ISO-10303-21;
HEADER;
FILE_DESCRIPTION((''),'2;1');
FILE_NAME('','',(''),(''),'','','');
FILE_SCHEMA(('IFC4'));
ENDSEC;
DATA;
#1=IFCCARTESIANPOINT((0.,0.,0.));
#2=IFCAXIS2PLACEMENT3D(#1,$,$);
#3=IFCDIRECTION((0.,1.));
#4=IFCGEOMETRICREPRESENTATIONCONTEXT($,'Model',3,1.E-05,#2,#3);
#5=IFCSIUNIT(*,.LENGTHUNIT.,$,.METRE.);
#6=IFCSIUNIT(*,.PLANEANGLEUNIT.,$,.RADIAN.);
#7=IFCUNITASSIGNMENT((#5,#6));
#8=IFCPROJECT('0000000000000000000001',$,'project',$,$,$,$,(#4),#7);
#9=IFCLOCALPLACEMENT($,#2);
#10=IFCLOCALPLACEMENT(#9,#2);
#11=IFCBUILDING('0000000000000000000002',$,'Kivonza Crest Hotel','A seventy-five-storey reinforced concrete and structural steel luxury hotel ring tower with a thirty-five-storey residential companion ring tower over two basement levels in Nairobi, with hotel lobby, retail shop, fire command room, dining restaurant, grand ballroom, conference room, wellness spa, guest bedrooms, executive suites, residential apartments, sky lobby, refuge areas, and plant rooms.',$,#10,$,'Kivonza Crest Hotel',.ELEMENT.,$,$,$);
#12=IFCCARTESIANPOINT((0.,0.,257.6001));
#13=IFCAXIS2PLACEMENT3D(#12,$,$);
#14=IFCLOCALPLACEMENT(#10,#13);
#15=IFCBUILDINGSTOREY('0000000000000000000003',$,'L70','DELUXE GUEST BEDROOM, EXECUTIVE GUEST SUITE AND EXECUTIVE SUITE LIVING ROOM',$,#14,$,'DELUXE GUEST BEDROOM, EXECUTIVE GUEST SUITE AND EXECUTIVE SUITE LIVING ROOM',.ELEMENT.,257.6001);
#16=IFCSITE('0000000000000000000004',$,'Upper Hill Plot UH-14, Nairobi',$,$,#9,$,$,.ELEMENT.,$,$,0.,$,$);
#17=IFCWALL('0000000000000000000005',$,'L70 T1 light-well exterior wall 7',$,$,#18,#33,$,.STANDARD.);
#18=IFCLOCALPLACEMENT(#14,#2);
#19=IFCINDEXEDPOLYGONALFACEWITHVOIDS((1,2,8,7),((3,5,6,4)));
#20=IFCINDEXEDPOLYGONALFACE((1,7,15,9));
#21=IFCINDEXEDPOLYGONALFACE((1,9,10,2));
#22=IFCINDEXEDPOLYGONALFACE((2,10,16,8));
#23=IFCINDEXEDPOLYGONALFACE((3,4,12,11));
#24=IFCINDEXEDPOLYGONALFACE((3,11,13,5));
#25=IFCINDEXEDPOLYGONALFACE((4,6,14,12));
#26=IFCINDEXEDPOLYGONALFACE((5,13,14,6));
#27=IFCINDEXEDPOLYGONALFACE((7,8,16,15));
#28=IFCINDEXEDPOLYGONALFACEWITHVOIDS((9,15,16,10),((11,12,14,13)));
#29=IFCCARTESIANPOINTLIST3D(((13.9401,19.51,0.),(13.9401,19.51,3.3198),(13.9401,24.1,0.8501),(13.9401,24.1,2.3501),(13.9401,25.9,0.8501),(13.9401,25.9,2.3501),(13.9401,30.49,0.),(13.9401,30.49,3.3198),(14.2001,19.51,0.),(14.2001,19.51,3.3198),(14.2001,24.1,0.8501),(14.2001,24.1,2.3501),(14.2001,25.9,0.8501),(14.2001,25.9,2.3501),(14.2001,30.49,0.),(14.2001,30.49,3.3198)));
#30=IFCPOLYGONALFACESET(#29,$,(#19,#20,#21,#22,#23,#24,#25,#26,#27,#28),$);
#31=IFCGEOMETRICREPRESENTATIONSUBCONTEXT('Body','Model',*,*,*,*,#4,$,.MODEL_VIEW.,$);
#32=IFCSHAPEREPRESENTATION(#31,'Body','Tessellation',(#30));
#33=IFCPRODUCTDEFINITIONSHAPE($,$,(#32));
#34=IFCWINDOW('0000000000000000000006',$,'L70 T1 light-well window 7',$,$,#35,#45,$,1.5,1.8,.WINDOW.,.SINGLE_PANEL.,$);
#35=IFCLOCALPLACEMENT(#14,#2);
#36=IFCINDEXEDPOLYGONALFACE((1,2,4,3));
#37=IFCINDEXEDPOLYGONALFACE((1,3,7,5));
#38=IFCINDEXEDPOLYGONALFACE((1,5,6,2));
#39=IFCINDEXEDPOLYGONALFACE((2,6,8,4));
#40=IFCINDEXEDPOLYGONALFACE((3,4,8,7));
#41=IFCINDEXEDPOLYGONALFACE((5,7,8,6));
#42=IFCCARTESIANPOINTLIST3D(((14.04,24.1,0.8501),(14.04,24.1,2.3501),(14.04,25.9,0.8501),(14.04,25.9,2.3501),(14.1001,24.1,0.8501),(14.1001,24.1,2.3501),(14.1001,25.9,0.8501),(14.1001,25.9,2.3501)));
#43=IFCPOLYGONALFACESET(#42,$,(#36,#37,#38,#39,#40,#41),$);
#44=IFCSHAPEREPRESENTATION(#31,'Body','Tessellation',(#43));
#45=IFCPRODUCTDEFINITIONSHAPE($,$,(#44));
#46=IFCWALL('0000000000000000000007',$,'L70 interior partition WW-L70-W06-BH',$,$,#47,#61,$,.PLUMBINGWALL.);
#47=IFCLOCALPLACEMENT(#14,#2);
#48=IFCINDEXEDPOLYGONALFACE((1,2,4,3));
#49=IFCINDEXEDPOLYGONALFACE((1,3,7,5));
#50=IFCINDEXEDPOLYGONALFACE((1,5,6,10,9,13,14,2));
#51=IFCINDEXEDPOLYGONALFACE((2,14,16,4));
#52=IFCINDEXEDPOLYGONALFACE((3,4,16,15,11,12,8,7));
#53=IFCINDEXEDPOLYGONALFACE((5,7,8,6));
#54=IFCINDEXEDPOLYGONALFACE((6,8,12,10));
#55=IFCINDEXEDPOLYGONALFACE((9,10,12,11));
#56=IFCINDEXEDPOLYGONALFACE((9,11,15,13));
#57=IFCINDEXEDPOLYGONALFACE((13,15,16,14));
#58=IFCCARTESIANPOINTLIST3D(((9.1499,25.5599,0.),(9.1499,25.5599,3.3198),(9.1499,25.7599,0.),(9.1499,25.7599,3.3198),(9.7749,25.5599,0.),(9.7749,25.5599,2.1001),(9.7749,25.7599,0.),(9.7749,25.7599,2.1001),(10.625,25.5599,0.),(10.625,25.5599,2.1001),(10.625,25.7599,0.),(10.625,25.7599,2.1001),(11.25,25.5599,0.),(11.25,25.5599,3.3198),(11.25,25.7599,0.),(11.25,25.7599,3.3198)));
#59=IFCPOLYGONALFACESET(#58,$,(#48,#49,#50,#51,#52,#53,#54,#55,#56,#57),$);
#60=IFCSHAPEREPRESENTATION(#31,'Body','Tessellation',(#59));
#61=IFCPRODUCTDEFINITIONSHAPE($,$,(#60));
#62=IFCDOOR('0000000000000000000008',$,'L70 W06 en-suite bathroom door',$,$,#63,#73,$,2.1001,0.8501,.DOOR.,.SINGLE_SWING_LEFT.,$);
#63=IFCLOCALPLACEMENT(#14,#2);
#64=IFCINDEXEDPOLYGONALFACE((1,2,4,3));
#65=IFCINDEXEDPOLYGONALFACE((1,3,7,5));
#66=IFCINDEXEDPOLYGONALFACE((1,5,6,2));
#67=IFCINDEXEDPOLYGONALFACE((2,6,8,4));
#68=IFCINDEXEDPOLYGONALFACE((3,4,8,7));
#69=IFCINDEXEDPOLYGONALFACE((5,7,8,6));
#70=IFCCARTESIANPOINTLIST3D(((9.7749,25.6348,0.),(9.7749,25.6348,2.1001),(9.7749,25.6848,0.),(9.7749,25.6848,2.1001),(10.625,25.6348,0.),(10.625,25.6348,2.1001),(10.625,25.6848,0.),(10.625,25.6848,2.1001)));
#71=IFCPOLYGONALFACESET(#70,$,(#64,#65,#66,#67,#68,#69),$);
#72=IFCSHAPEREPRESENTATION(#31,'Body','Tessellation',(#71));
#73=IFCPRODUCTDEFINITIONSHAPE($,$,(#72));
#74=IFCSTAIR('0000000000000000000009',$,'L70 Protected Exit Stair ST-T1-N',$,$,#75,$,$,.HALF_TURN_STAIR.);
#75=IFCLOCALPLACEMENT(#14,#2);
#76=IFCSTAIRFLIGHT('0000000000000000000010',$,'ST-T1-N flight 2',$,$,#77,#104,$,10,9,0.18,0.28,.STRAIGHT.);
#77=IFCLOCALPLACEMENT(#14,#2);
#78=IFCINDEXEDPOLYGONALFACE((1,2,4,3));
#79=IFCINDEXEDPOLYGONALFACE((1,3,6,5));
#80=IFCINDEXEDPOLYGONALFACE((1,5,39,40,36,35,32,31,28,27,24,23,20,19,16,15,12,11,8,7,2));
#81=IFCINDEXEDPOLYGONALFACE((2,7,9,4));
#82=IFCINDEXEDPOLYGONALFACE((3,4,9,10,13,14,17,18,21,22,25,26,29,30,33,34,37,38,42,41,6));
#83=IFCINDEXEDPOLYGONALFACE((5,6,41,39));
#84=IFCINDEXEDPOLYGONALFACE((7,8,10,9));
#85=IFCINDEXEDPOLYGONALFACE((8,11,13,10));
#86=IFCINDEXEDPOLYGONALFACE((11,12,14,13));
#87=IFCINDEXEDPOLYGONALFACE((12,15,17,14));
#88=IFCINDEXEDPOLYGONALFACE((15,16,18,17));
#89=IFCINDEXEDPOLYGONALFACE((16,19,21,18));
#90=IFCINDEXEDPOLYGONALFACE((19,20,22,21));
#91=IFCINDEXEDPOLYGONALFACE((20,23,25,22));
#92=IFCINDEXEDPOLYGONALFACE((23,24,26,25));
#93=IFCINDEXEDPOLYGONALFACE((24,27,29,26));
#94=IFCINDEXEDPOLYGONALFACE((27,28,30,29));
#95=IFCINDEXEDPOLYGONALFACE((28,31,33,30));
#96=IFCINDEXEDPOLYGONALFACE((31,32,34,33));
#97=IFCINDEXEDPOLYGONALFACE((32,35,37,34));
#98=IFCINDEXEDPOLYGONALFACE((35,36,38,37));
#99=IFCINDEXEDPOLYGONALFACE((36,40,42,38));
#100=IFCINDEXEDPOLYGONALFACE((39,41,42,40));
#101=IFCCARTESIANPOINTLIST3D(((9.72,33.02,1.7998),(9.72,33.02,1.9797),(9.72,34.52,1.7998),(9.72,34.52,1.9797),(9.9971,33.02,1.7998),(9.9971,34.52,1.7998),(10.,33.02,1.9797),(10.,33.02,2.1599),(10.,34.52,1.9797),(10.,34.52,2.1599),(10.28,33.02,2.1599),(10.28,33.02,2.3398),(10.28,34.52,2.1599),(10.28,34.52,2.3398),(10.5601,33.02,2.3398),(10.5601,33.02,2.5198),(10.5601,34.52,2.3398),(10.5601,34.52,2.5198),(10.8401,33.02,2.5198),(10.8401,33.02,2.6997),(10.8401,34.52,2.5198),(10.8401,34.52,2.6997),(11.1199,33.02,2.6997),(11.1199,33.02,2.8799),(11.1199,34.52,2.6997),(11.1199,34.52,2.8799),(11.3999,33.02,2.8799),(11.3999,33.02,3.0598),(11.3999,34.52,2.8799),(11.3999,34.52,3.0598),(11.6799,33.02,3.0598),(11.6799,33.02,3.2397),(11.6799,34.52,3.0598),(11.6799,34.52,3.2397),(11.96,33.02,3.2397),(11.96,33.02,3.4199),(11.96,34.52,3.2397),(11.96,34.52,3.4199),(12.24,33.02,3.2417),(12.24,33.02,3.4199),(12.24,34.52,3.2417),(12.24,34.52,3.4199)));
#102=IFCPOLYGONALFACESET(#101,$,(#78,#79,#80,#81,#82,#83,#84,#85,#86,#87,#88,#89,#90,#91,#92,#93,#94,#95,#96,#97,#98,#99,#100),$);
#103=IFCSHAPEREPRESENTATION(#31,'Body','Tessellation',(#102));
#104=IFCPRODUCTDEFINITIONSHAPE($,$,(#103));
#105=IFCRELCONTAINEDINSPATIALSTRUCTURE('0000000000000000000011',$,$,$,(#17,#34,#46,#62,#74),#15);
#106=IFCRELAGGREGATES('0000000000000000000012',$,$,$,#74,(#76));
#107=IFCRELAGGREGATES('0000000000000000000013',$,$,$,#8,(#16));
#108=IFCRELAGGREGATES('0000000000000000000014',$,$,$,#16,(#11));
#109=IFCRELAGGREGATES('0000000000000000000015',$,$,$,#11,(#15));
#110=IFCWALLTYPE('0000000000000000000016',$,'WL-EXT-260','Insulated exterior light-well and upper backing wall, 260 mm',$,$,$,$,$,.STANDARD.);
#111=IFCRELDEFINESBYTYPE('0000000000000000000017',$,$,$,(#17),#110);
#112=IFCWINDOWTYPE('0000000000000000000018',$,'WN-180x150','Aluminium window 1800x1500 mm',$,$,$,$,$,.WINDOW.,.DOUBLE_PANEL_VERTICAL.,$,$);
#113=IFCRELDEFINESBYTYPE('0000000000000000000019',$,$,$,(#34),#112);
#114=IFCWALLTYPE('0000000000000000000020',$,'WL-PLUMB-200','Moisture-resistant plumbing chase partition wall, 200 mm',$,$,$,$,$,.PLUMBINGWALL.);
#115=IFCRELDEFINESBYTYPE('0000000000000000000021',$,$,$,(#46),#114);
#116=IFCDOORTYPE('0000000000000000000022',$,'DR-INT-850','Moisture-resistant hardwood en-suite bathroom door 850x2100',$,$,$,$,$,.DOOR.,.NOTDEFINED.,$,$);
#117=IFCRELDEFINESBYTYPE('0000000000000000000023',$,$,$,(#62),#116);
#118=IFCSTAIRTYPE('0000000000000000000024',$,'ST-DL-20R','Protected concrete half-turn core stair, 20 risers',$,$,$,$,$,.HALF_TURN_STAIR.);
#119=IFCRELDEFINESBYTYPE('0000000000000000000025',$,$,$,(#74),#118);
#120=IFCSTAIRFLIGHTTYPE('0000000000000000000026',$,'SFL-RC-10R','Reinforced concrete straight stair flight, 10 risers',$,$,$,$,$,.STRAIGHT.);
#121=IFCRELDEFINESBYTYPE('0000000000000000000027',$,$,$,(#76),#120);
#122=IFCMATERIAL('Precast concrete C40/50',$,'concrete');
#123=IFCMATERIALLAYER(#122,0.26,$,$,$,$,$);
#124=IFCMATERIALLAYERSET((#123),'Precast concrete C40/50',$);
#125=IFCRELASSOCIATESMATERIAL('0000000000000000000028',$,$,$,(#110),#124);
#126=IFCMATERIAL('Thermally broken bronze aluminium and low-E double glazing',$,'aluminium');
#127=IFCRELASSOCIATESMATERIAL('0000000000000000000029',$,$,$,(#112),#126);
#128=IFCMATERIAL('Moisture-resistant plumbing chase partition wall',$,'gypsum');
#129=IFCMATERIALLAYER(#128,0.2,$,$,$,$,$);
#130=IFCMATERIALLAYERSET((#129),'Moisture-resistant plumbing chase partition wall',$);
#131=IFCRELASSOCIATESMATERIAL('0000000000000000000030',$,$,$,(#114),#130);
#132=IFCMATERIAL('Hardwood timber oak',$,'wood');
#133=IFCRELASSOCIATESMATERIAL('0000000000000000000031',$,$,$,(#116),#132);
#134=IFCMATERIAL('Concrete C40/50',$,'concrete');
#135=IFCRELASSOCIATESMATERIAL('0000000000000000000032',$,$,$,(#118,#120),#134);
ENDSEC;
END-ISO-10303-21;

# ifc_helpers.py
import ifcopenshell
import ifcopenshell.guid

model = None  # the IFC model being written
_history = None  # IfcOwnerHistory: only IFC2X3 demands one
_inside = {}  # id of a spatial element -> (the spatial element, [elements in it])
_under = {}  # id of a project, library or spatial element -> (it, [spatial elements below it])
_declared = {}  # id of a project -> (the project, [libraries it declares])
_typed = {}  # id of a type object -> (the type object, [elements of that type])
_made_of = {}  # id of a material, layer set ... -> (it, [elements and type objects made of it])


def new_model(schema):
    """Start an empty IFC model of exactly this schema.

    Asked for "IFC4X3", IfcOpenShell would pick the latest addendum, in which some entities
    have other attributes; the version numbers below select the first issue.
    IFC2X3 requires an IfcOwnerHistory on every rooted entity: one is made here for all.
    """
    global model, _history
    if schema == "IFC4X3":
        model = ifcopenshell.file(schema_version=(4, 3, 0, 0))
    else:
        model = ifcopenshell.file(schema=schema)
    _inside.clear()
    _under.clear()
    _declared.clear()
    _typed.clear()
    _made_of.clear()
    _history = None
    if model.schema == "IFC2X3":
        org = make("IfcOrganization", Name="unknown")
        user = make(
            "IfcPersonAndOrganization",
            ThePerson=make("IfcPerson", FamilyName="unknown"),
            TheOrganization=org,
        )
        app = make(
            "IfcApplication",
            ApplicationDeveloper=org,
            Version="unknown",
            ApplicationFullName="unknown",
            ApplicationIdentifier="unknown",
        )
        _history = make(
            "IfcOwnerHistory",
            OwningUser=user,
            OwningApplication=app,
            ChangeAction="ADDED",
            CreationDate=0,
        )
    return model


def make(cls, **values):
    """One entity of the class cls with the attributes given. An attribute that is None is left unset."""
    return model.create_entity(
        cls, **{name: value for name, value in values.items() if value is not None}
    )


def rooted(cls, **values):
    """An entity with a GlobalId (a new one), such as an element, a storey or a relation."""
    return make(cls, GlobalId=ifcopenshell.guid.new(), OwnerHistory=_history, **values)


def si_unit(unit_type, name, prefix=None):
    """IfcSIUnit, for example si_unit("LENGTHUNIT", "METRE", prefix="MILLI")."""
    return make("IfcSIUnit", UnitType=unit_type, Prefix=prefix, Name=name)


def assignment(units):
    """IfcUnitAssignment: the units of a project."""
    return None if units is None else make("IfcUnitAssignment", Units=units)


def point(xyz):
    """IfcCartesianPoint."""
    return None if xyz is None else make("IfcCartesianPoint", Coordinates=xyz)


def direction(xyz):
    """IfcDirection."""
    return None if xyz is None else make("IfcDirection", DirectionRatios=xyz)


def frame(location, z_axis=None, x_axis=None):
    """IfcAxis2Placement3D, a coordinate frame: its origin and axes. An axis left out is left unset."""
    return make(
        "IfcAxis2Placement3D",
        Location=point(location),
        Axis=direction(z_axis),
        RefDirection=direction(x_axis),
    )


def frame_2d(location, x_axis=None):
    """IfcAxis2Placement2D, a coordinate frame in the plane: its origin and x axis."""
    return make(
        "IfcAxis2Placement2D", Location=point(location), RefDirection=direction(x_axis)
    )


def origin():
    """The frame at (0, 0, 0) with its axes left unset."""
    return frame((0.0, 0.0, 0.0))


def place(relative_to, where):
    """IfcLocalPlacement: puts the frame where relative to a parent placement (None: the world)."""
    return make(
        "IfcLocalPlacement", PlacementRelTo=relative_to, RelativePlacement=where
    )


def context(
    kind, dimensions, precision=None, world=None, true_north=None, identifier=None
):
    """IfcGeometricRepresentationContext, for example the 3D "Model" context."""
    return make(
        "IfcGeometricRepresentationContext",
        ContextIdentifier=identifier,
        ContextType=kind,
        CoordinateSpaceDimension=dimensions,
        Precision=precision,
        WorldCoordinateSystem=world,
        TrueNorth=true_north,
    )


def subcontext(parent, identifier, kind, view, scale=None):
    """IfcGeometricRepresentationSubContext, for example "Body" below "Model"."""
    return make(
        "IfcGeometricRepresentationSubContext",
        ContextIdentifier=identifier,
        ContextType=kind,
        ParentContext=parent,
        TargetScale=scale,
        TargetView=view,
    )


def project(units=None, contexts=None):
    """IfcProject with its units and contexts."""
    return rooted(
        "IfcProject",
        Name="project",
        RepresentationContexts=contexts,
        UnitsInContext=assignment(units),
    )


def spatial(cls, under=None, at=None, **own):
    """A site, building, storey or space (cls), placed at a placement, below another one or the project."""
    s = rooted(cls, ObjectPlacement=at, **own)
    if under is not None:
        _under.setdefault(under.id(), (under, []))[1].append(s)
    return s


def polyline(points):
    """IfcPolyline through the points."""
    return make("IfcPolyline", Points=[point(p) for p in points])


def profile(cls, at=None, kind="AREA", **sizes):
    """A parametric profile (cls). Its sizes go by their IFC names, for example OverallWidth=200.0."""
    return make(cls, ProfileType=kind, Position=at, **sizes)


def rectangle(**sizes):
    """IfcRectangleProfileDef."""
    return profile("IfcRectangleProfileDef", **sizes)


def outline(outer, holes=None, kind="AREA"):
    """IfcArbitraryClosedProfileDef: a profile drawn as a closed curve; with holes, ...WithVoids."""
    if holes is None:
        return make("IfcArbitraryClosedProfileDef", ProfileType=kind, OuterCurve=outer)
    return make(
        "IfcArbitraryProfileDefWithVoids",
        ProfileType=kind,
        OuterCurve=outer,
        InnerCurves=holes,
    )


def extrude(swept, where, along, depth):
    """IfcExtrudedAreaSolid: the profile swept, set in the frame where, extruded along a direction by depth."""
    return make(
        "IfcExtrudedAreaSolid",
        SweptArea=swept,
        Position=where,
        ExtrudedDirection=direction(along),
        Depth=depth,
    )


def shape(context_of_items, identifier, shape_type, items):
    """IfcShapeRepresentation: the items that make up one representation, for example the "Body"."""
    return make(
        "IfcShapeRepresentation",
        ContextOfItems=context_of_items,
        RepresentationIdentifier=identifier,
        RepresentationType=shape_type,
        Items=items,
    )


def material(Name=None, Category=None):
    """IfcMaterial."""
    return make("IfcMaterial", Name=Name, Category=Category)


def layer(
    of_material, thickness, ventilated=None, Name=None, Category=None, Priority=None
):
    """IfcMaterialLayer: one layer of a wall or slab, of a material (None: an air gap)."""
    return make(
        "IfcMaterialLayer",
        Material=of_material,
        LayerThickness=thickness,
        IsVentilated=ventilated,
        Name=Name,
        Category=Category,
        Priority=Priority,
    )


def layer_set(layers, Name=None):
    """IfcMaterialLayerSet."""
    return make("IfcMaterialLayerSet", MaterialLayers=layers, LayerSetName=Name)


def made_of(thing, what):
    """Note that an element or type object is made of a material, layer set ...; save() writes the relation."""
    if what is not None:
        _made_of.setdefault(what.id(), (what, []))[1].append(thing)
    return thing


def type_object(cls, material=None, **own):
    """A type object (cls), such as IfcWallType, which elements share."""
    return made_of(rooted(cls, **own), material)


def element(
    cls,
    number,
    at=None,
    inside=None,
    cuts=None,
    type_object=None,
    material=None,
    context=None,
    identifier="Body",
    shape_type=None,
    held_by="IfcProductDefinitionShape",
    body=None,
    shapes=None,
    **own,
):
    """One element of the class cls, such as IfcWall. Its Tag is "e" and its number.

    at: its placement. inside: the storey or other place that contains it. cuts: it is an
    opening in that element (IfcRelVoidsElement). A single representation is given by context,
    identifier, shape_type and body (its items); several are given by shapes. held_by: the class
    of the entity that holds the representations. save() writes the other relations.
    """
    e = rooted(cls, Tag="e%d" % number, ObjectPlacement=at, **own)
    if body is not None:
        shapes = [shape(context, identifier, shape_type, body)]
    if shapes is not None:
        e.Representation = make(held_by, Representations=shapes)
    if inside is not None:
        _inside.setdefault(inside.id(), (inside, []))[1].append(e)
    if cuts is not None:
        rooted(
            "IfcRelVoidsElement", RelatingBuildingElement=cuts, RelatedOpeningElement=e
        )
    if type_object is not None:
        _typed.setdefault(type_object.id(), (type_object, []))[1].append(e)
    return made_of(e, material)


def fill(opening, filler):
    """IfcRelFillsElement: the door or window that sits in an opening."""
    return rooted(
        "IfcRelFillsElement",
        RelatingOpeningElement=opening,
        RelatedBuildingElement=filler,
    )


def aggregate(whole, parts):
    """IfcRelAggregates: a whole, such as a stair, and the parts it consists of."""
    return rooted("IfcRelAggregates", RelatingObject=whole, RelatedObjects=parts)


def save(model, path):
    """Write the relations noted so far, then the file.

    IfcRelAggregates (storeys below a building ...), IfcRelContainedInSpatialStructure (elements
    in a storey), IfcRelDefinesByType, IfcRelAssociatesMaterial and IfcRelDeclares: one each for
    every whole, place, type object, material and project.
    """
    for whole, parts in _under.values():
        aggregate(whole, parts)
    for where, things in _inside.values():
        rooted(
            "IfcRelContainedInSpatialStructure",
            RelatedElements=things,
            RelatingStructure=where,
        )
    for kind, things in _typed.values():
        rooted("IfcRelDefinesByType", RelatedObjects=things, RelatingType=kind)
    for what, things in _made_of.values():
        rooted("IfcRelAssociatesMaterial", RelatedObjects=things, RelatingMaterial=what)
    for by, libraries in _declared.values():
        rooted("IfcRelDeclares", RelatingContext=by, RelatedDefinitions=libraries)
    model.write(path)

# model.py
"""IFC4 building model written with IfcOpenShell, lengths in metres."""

from ifc_helpers import new_model, si_unit, direction, frame, frame_2d, origin, place, context, subcontext, project, spatial, polyline, rectangle, outline, extrude, material, layer, layer_set, type_object, element, fill, aggregate, save


model = new_model("IFC4")

# Units and contexts
model_context = context("Model", 3, precision=1e-05, world=origin(), true_north=direction((0.0, 1.0)))
body_context = subcontext(model_context, "Body", "Model", "MODEL_VIEW")
ifc_project = project(units=[si_unit("LENGTHUNIT", "METRE"), si_unit("PLANEANGLEUNIT", "RADIAN")], contexts=[model_context])

# Site, building, storey
site_placement = place(None, origin())
site = spatial("IfcSite", under=ifc_project, at=site_placement, Name="Upper Hill Plot UH-14, Nairobi", CompositionType="ELEMENT", RefElevation=0.0)
building_placement = place(site_placement, origin())
building = spatial("IfcBuilding", under=site, at=building_placement, Name="Kivonza Crest Hotel", Description="A seventy-five-storey reinforced concrete and structural steel luxury hotel ring tower with a thirty-five-storey residential companion ring tower over two basement levels in Nairobi, with hotel lobby, retail shop, fire command room, dining restaurant, grand ballroom, conference room, wellness spa, guest bedrooms, executive suites, residential apartments, sky lobby, refuge areas, and plant rooms.", LongName="Kivonza Crest Hotel", CompositionType="ELEMENT")
storey_placement = place(building_placement, frame((0.0, 0.0, 257.6001)))
storey = spatial("IfcBuildingStorey", under=building, at=storey_placement, Name="L70", Description="DELUXE GUEST BEDROOM, EXECUTIVE GUEST SUITE AND EXECUTIVE SUITE LIVING ROOM", LongName="DELUXE GUEST BEDROOM, EXECUTIVE GUEST SUITE AND EXECUTIVE SUITE LIVING ROOM", CompositionType="ELEMENT", Elevation=257.6001)

# Shared definitions
ifc_material_1 = material(Name="Hardwood timber oak", Category="wood")

# Shared definitions
ifc_material_2 = material(Name="Precast concrete C40/50", Category="concrete")
ifc_layer_1 = layer(ifc_material_2, 0.26)
ifc_layer_set_1 = layer_set([ifc_layer_1], Name="Precast concrete C40/50")
wall_type_1 = type_object("IfcWallType", Name="WL-EXT-260", Description="Insulated exterior light-well and upper backing wall, 260 mm", PredefinedType="STANDARD", material=ifc_layer_set_1)

# Wall, opening, window
wall_1_placement = place(storey_placement, frame((14.0701, 30.49, 0.0), z_axis=(0.0, 0.0, 1.0), x_axis=(0.0, -1.0, 0.0)))
wall_1 = element("IfcWall", 1, at=wall_1_placement, inside=storey, type_object=wall_type_1, Name="L70 T1 light-well exterior wall 7", PredefinedType="STANDARD", context=body_context, shape_type="SweptSolid", body=[
    extrude(rectangle(XDim=10.98, YDim=0.26, at=frame_2d((5.49, 0.0))), origin(), (0.0, 0.0, 1.0), 3.3198),
])
opening_1_placement = place(wall_1_placement, frame((4.5901, 0.0, 0.8501)))
opening_1 = element("IfcOpeningElement", 2, at=opening_1_placement, cuts=wall_1, PredefinedType="OPENING", context=body_context, shape_type="SweptSolid", body=[
    extrude(rectangle(XDim=1.8, YDim=1.5, at=frame_2d((0.8999, 0.75))), frame((0.0, 0.1401, 0.0), z_axis=(0.0, -1.0, 0.0), x_axis=(1.0, 0.0, 0.0)), (0.0, 0.0, 1.0), 0.28),
])
ifc_material_3 = material(Name="Thermally broken bronze aluminium and low-E double glazing", Category="aluminium")
window_type = type_object("IfcWindowType", Name="WN-180x150", Description="Aluminium window 1800x1500 mm", PartitioningType="DOUBLE_PANEL_VERTICAL", PredefinedType="WINDOW", material=ifc_material_3)
window_placement = place(opening_1_placement, origin())
window = element("IfcWindow", 3, at=window_placement, inside=storey, type_object=window_type, Name="L70 T1 light-well window 7", OverallHeight=1.5, OverallWidth=1.8, PartitioningType="SINGLE_PANEL", PredefinedType="WINDOW", context=body_context, shape_type="SweptSolid", body=[
    extrude(rectangle(XDim=1.8, YDim=1.5, at=frame_2d((0.8999, 0.75))), frame((0.0, 0.03, 0.0), z_axis=(0.0, -1.0, 0.0), x_axis=(1.0, 0.0, 0.0)), (0.0, 0.0, 1.0), 0.0601),
])
fill(opening_1, window)

# Wall, opening, door
ifc_material_4 = material(Name="Moisture-resistant plumbing chase partition wall", Category="gypsum")
ifc_layer_2 = layer(ifc_material_4, 0.2)
ifc_layer_set_2 = layer_set([ifc_layer_2], Name="Moisture-resistant plumbing chase partition wall")
wall_type_2 = type_object("IfcWallType", Name="WL-PLUMB-200", Description="Moisture-resistant plumbing chase partition wall, 200 mm", PredefinedType="PLUMBINGWALL", material=ifc_layer_set_2)
wall_2_placement = place(storey_placement, frame((9.1499, 25.6599, 0.0), z_axis=(0.0, 0.0, 1.0), x_axis=(1.0, 0.0, 0.0)))
wall_2 = element("IfcWall", 4, at=wall_2_placement, inside=storey, type_object=wall_type_2, Name="L70 interior partition WW-L70-W06-BH", PredefinedType="PLUMBINGWALL", context=body_context, shape_type="SweptSolid", body=[
    extrude(rectangle(XDim=2.1001, YDim=0.2, at=frame_2d((1.05, 0.0))), origin(), (0.0, 0.0, 1.0), 3.3198),
])
opening_2_placement = place(wall_2_placement, frame((0.625, 0.0, 0.0)))
opening_2 = element("IfcOpeningElement", 5, at=opening_2_placement, cuts=wall_2, PredefinedType="OPENING", context=body_context, shape_type="SweptSolid", body=[
    extrude(rectangle(XDim=0.8501, YDim=2.1001, at=frame_2d((0.425, 1.05))), frame((0.0, 0.1099, 0.0), z_axis=(0.0, -1.0, 0.0), x_axis=(1.0, 0.0, 0.0)), (0.0, 0.0, 1.0), 0.22),
])
door_type_1 = type_object("IfcDoorType", Name="DR-INT-850", Description="Moisture-resistant hardwood en-suite bathroom door 850x2100", OperationType="NOTDEFINED", PredefinedType="DOOR", material=ifc_material_1)
door_1_placement = place(opening_2_placement, origin())
door_1 = element("IfcDoor", 6, at=door_1_placement, inside=storey, type_object=door_type_1, Name="L70 W06 en-suite bathroom door", OperationType="SINGLE_SWING_LEFT", OverallHeight=2.1001, OverallWidth=0.8501, PredefinedType="DOOR", context=body_context, shape_type="SweptSolid", body=[
    extrude(rectangle(XDim=0.8501, YDim=2.1001, at=frame_2d((0.425, 1.05))), frame((0.0, 0.0249, 0.0), z_axis=(0.0, -1.0, 0.0), x_axis=(1.0, 0.0, 0.0)), (0.0, 0.0, 1.0), 0.05),
])
fill(opening_2, door_1)

# Stair, stair flight
ifc_material_5 = material(Name="Concrete C40/50", Category="concrete")
stair_type = type_object("IfcStairType", Name="ST-DL-20R", Description="Protected concrete half-turn core stair, 20 risers", PredefinedType="HALF_TURN_STAIR", material=ifc_material_5)
stair_placement = place(storey_placement, origin())
stair = element("IfcStair", 7, at=stair_placement, inside=storey, type_object=stair_type, Name="L70 Protected Exit Stair ST-T1-N", PredefinedType="HALF_TURN_STAIR")
stair_flight_type = type_object("IfcStairFlightType", Name="SFL-RC-10R", Description="Reinforced concrete straight stair flight, 10 risers", PredefinedType="STRAIGHT", material=ifc_material_5)
stair_flight_placement = place(storey_placement, frame((9.72, 33.77, 1.7998), z_axis=(0.0, 0.0, 1.0), x_axis=(1.0, 0.0, 0.0)))
stair_flight = element("IfcStairFlight", 8, at=stair_flight_placement, type_object=stair_flight_type, Name="ST-T1-N flight 2", NumberOfRisers=10, NumberOfTreads=9, PredefinedType="STRAIGHT", RiserHeight=0.18, TreadLength=0.28, context=body_context, shape_type="SweptSolid", body=[
    extrude(outline(polyline([(0.0, 0.0), (0.0, 0.1799), (0.28, 0.1799), (0.28, 0.3601), (0.5601, 0.3601), (0.5601, 0.54), (0.8401, 0.54), (0.8401, 0.72), (1.1201, 0.72), (1.1201, 0.8999), (1.3999, 0.8999), (1.3999, 1.0801), (1.6799, 1.0801), (1.6799, 1.26), (1.96, 1.26), (1.96, 1.4399), (2.24, 1.4399), (2.24, 1.6201), (2.52, 1.6201), (2.52, 1.8), (2.52, 1.4419), (0.2771, 0.0), (0.0, 0.0)])), frame((0.0, 0.75, 0.0), z_axis=(0.0, -1.0, 0.0), x_axis=(1.0, 0.0, 0.0)), (0.0, 0.0, 1.0), 1.5),
])
aggregate(stair, [stair_flight])

save(model, "model.ifc")
